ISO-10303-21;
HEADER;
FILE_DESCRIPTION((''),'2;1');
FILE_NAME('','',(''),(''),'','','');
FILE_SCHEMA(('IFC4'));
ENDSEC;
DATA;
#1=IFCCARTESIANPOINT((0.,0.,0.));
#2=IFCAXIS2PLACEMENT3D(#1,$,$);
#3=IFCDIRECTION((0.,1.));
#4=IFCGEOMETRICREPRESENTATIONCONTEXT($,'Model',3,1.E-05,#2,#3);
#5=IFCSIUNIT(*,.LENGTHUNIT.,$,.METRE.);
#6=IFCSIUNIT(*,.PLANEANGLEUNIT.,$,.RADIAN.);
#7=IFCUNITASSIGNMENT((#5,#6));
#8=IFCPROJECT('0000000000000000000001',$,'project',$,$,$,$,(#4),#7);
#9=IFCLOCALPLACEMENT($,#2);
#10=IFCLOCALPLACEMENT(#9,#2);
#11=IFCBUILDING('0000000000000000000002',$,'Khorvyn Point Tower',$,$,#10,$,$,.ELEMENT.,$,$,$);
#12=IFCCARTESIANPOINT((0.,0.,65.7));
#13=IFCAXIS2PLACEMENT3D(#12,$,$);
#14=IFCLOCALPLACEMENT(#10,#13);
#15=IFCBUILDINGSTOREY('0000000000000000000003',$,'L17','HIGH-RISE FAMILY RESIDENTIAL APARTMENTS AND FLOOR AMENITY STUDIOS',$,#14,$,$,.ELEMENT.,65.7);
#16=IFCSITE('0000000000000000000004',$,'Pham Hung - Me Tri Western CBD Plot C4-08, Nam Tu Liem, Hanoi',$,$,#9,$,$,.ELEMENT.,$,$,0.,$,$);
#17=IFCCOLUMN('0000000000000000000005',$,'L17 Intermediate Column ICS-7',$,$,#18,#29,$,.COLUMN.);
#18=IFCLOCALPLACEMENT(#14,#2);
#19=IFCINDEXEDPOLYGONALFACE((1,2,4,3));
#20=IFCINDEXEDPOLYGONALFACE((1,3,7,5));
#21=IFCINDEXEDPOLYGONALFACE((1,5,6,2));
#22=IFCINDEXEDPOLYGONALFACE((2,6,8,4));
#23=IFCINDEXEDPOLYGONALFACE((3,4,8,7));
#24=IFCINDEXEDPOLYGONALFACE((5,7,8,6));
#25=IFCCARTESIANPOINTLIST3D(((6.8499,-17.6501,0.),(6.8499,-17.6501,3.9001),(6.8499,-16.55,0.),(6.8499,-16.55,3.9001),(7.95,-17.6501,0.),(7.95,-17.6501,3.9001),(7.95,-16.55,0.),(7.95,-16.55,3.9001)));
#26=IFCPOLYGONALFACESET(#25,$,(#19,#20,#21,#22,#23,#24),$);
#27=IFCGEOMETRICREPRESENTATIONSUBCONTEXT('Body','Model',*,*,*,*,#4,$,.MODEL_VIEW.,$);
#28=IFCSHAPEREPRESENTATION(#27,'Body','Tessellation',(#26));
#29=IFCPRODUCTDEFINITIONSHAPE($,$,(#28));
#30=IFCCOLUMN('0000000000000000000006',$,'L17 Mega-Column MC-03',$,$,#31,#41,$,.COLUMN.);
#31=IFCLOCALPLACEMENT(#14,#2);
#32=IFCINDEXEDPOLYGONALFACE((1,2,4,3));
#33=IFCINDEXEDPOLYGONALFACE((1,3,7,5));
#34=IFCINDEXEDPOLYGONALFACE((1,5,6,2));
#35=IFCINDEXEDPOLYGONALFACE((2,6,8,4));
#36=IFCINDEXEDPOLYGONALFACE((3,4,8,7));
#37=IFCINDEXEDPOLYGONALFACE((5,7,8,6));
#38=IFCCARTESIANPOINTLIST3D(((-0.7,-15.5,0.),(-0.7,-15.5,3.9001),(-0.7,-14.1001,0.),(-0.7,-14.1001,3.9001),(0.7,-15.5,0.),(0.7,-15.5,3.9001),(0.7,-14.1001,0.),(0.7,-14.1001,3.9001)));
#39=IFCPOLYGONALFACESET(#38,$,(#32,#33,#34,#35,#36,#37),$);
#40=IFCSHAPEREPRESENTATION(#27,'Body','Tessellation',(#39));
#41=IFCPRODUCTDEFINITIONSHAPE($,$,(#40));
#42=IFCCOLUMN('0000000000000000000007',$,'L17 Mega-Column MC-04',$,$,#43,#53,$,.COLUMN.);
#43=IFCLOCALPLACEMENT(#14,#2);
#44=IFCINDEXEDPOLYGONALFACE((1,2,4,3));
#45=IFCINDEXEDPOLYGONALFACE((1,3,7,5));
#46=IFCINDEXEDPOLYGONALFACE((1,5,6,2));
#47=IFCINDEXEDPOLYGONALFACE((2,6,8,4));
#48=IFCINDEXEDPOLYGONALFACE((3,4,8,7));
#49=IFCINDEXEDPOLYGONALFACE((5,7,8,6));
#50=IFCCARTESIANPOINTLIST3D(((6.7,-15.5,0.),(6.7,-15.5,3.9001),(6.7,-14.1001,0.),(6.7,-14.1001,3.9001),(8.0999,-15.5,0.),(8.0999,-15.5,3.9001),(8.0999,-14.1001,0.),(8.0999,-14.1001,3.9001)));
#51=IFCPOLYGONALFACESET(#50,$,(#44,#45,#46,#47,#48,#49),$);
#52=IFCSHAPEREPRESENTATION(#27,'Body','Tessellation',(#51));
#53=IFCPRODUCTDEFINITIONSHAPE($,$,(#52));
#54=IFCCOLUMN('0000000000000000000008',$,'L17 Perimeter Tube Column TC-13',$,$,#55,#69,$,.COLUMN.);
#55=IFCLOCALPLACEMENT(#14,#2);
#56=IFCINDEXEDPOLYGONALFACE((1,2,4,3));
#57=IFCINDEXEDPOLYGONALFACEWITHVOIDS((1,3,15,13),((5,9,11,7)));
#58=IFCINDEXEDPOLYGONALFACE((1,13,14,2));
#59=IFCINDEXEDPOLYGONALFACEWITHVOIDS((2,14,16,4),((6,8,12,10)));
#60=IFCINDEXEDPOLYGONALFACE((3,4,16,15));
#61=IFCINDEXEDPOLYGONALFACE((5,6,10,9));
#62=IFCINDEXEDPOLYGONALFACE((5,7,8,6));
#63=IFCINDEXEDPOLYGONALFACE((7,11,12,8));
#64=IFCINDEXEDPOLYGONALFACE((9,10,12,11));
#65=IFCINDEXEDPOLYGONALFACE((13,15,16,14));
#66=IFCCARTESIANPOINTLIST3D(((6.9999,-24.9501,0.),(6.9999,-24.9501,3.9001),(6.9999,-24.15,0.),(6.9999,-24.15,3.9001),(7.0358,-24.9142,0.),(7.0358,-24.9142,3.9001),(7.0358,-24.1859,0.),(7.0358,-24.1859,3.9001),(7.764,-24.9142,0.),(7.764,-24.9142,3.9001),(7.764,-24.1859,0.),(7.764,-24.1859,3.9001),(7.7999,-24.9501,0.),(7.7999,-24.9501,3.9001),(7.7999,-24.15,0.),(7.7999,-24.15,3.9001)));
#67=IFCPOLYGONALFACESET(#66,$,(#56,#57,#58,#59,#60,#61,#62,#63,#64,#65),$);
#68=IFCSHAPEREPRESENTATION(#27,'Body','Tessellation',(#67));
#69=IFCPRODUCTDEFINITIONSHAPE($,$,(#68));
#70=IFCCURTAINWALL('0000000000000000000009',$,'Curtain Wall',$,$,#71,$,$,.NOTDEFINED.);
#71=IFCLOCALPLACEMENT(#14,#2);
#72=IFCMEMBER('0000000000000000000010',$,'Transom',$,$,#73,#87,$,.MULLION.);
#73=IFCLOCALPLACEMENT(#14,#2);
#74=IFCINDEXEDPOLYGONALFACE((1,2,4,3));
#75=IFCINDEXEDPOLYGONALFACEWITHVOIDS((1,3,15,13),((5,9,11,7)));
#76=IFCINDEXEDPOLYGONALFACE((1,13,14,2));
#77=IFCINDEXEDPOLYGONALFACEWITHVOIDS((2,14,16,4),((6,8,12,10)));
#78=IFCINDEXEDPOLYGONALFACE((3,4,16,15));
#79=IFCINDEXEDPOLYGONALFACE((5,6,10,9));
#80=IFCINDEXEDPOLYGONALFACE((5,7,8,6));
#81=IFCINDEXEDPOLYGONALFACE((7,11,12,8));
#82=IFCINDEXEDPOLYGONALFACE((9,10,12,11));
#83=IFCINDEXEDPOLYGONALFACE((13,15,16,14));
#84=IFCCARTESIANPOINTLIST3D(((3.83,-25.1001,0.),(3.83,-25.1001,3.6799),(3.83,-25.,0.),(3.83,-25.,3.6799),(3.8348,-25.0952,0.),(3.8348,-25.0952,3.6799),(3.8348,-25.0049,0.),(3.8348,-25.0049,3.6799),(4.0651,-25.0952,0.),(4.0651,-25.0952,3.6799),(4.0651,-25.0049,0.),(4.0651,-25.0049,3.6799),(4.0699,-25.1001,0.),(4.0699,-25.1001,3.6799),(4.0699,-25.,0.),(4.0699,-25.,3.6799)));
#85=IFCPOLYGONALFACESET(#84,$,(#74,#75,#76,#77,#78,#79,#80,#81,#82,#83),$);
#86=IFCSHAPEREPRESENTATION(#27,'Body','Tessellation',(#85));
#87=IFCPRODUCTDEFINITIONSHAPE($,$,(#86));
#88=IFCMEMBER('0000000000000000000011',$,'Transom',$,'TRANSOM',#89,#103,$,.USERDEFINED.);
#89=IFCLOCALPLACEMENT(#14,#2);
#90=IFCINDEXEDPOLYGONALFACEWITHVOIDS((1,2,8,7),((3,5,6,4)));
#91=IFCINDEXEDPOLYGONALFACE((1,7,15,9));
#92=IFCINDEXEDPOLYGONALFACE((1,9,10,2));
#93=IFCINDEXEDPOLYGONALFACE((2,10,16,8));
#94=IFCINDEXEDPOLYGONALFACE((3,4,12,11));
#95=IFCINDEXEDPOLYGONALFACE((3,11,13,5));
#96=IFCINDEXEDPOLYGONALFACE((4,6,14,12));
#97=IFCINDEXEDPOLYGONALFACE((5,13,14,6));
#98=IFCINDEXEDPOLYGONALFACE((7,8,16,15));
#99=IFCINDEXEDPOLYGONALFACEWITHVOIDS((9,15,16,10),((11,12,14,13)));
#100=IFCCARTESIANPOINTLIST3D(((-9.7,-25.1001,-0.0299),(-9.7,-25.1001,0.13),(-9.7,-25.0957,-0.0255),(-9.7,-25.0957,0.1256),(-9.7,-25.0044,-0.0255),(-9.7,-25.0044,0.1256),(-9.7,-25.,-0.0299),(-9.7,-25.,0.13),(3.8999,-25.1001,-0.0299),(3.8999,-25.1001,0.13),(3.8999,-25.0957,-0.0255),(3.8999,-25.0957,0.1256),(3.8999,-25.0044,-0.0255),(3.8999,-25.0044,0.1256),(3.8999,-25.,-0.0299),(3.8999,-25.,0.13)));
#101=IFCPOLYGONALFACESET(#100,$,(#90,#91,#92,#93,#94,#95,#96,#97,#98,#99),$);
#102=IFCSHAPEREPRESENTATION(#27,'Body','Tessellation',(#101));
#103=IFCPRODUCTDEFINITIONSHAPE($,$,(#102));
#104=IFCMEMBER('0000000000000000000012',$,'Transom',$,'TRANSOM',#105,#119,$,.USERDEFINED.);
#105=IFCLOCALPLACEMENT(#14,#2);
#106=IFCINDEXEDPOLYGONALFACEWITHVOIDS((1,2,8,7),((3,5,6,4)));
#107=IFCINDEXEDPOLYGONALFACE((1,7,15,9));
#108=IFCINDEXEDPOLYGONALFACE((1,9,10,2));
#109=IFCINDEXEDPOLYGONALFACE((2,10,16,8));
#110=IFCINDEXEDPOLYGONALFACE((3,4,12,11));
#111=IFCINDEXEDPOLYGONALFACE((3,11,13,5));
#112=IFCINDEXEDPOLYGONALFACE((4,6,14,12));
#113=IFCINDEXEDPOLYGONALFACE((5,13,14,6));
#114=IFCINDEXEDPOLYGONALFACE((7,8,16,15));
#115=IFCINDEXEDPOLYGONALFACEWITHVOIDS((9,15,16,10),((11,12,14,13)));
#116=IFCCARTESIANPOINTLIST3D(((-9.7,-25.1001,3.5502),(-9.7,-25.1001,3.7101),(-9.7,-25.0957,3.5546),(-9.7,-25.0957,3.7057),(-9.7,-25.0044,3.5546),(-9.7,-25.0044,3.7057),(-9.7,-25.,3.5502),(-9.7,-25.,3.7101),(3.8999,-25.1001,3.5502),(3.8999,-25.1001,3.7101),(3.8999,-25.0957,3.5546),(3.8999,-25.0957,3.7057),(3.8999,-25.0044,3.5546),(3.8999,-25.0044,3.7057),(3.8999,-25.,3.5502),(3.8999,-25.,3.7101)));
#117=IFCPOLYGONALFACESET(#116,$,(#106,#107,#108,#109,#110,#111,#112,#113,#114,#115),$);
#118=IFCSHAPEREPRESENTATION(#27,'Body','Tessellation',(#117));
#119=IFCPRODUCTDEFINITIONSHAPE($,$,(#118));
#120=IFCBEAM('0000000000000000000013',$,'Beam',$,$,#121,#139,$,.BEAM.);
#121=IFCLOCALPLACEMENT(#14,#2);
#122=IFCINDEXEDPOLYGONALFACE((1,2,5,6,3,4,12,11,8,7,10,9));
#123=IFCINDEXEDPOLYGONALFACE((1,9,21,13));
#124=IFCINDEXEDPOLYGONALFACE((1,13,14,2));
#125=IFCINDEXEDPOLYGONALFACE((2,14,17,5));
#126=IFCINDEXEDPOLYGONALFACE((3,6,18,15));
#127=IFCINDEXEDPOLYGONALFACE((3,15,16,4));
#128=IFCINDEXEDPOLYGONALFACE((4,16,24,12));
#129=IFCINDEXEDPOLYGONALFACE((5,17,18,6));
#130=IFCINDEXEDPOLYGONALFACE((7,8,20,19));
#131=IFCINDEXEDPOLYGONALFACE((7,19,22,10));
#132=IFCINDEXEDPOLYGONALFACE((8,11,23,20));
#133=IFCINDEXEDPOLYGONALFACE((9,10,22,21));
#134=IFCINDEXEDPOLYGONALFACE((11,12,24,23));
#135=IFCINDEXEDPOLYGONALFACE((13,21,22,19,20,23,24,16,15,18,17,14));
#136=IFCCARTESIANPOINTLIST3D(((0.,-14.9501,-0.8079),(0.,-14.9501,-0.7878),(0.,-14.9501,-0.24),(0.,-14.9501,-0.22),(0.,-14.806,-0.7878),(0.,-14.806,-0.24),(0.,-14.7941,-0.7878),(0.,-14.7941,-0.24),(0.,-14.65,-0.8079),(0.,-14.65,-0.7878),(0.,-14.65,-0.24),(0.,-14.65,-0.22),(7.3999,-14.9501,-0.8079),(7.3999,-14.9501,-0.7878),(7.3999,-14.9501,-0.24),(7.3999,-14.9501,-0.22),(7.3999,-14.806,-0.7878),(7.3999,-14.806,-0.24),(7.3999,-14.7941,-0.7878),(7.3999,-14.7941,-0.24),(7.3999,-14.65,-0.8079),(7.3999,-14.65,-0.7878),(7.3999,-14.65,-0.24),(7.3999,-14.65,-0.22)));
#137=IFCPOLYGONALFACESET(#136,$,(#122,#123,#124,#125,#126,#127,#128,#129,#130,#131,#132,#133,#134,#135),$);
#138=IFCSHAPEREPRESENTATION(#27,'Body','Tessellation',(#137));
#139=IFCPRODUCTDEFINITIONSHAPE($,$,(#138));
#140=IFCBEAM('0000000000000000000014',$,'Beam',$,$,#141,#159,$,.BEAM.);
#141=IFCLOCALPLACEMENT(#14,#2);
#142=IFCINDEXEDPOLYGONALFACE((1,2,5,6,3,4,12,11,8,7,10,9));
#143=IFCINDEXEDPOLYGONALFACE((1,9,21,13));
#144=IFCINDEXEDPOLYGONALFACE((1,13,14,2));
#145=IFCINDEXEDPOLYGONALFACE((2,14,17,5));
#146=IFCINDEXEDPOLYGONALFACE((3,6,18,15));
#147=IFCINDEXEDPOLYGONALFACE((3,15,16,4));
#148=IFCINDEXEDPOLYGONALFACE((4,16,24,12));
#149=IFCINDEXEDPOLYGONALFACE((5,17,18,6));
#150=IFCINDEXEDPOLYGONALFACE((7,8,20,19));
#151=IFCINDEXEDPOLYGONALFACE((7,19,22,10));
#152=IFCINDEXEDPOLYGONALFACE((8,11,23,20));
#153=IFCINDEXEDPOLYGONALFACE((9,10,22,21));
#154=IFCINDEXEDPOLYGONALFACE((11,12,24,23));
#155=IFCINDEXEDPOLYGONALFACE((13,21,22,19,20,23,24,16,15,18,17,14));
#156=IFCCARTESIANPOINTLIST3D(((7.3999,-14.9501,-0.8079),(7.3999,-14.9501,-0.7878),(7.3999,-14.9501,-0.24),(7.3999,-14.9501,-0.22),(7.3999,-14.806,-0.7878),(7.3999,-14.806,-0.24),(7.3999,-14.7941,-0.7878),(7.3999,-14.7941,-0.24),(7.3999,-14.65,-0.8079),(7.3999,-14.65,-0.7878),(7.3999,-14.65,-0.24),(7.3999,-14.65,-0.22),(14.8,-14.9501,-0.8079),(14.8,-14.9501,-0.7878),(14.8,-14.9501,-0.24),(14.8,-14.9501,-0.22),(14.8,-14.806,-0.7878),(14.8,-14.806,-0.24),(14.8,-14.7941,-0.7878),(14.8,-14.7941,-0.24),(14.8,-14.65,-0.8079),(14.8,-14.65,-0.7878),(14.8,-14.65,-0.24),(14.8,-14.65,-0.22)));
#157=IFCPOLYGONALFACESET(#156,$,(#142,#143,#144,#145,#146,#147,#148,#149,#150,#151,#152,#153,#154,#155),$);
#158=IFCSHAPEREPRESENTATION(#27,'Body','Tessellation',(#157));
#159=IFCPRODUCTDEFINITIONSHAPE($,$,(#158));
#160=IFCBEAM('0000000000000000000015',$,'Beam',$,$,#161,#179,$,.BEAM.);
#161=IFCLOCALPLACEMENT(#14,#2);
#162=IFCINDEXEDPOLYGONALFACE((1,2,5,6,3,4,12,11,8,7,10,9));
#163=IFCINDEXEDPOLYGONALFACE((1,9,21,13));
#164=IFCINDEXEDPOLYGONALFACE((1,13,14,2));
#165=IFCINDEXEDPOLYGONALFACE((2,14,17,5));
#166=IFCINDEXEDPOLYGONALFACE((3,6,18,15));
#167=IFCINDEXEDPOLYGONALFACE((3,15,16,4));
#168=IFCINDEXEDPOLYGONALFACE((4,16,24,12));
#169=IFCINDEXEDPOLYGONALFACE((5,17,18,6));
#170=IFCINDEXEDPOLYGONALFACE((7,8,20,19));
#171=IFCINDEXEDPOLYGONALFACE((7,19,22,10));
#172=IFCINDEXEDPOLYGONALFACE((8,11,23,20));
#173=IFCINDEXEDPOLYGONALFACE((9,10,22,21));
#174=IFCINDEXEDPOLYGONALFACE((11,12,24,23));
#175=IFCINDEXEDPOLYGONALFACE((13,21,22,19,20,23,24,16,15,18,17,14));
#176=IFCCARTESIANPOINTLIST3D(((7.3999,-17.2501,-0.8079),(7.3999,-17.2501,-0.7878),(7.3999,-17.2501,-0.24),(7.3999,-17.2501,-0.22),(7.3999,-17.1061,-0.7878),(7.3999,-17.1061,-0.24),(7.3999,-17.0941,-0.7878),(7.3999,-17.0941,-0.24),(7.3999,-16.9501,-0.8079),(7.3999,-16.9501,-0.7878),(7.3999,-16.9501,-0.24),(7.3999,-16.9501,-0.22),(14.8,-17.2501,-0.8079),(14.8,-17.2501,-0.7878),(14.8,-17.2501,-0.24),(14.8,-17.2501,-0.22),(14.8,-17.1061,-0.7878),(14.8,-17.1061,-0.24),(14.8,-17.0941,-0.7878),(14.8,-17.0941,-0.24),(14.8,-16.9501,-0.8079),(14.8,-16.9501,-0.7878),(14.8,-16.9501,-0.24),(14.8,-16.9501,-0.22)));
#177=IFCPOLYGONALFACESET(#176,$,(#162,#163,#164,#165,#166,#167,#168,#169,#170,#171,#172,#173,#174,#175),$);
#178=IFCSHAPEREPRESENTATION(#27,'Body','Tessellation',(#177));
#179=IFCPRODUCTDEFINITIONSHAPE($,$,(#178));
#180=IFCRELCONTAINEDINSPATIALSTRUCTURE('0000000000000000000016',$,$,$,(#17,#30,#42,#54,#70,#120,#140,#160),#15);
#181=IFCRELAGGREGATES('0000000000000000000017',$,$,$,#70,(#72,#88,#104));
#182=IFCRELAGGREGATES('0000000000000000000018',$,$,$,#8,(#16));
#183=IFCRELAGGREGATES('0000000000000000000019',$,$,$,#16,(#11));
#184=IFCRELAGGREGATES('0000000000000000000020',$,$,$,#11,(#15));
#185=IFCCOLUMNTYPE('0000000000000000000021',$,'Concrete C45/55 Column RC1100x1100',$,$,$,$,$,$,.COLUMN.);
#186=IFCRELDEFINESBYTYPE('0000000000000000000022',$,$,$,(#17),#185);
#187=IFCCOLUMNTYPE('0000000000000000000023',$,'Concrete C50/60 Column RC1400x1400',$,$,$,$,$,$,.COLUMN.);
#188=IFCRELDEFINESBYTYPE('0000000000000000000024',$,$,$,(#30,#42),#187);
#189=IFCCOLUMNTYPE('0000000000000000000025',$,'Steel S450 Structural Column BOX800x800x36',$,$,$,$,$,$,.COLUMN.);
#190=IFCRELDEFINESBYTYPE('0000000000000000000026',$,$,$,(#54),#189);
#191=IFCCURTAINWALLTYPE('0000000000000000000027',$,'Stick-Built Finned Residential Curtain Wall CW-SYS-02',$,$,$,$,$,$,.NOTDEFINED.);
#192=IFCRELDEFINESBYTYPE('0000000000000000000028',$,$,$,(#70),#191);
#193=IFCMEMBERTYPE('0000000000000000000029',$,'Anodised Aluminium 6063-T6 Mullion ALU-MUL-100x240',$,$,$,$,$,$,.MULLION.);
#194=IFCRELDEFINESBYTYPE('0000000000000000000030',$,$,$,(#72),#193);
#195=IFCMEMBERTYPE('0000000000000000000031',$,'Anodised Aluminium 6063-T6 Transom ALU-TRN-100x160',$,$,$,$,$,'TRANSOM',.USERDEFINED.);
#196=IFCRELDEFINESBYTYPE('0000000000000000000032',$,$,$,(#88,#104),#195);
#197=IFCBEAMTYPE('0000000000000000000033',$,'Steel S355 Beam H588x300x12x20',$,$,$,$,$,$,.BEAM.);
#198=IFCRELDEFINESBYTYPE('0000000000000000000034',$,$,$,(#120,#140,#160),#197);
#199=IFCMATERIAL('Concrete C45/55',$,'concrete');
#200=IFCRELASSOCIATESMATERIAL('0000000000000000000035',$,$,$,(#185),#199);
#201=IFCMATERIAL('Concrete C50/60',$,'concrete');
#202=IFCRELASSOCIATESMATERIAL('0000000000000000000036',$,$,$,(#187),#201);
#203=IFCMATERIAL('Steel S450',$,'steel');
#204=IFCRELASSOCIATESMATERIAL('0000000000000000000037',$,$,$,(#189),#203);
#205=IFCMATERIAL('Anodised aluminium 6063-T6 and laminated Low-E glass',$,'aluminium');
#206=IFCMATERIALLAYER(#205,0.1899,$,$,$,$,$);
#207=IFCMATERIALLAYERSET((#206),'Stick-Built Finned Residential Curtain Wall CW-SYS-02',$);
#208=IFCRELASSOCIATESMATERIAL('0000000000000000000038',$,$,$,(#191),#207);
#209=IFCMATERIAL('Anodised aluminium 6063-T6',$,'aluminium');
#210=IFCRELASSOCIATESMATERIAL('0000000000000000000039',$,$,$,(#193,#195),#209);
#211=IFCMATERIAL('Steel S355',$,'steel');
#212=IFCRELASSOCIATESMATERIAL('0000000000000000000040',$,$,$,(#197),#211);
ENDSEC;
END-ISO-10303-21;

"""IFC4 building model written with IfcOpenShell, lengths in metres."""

from ifc_helpers import new_model, si_unit, direction, frame, origin, origin_2d, place, context, subcontext, project, spatial, rectangle, hollow_rectangle, i_section, extrude, material, layer, layer_set, material_profile, profile_set, type_object, element, aggregate, save


model = new_model("IFC4")

# Units and contexts
model_context = context("Model", 3, precision=1e-05, world=origin(), true_north=direction((0.0, 1.0)))
body_context = subcontext(model_context, "Body", "Model", "MODEL_VIEW")
ifc_project = project(units=[si_unit("LENGTHUNIT", "METRE"), si_unit("PLANEANGLEUNIT", "RADIAN")], contexts=[model_context])

# Site, building, storey
site_placement = place(None, origin())
site = spatial("IfcSite", under=ifc_project, at=site_placement, Name="Pham Hung - Me Tri Western CBD Plot C4-08, Nam Tu Liem, Hanoi", CompositionType="ELEMENT", RefElevation=0.0)
building_placement = place(site_placement, origin())
building = spatial("IfcBuilding", under=site, at=building_placement, Name="Khorvyn Point Tower", CompositionType="ELEMENT")
storey_placement = place(building_placement, frame((0.0, 0.0, 65.7)))
storey = spatial("IfcBuildingStorey", under=building, at=storey_placement, Name="L17", Description="HIGH-RISE FAMILY RESIDENTIAL APARTMENTS AND FLOOR AMENITY STUDIOS", CompositionType="ELEMENT", Elevation=65.7)

# Columns
ifc_material_1 = material(Name="Concrete C45/55", Category="concrete")
ifc_material_profile_1 = material_profile(ifc_material_1, rectangle(XDim=1.1001, YDim=1.1001, at=origin_2d()))
ifc_profile_set_1 = profile_set([ifc_material_profile_1], Name="Concrete C45/55 RC1100x1100")
column_type_1 = type_object("IfcColumnType", Name="Concrete C45/55 Column RC1100x1100", PredefinedType="COLUMN", material=ifc_profile_set_1)
column_1_placement = place(storey_placement, frame((7.3999, -17.1001, 0.0), z_axis=(0.0, 0.0, 1.0), x_axis=(1.0, 0.0, 0.0)))
element("IfcColumn", 1, at=column_1_placement, inside=storey, type_object=column_type_1, Name="L17 Intermediate Column ICS-7", PredefinedType="COLUMN", context=body_context, shape_type="SweptSolid", body=[
    extrude(rectangle(XDim=1.1001, YDim=1.1001, at=origin_2d()), origin(), (0.0, 0.0, 1.0), 3.9001),
])
ifc_material_2 = material(Name="Concrete C50/60", Category="concrete")
ifc_material_profile_2 = material_profile(ifc_material_2, rectangle(XDim=1.3999, YDim=1.3999, at=origin_2d()))
ifc_profile_set_2 = profile_set([ifc_material_profile_2], Name="Concrete C50/60 RC1400x1400")
column_type_2 = type_object("IfcColumnType", Name="Concrete C50/60 Column RC1400x1400", PredefinedType="COLUMN", material=ifc_profile_set_2)
for number, where, z_axis, x_axis, name in (
    (2, (0.0, -14.8, 0.0), (0.0, 0.0, 1.0), (1.0, 0.0, 0.0), "L17 Mega-Column MC-03"),
    (3, (7.3999, -14.8, 0.0), (0.0, 0.0, 1.0), (1.0, 0.0, 0.0), "L17 Mega-Column MC-04"),
):
    element("IfcColumn", number, at=place(storey_placement, frame(where, z_axis=z_axis, x_axis=x_axis)), inside=storey, type_object=column_type_2, Name=name, PredefinedType="COLUMN", context=body_context, shape_type="SweptSolid", body=[
        extrude(rectangle(XDim=1.3999, YDim=1.3999, at=origin_2d()), origin(), (0.0, 0.0, 1.0), 3.9001),
    ])
ifc_material_3 = material(Name="Steel S450", Category="steel")
ifc_material_profile_3 = material_profile(ifc_material_3, hollow_rectangle(XDim=0.8, YDim=0.8, WallThickness=0.0359, at=origin_2d()))
ifc_profile_set_3 = profile_set([ifc_material_profile_3], Name="Steel S450 BOX800x800x36")
column_type_3 = type_object("IfcColumnType", Name="Steel S450 Structural Column BOX800x800x36", PredefinedType="COLUMN", material=ifc_profile_set_3)
column_2_placement = place(storey_placement, frame((7.3999, -24.55, 0.0), z_axis=(0.0, 0.0, 1.0), x_axis=(1.0, 0.0, 0.0)))
element("IfcColumn", 4, at=column_2_placement, inside=storey, type_object=column_type_3, Name="L17 Perimeter Tube Column TC-13", PredefinedType="COLUMN", context=body_context, shape_type="SweptSolid", body=[
    extrude(hollow_rectangle(XDim=0.8, YDim=0.8, WallThickness=0.0359, at=origin_2d()), origin(), (0.0, 0.0, 1.0), 3.9001),
])

# Curtain wall, members
ifc_material_4 = material(Name="Anodised aluminium 6063-T6 and laminated Low-E glass", Category="aluminium")
ifc_layer_1 = layer(ifc_material_4, 0.1899)
ifc_layer_set_1 = layer_set([ifc_layer_1], Name="Stick-Built Finned Residential Curtain Wall CW-SYS-02")
curtain_wall_type = type_object("IfcCurtainWallType", Name="Stick-Built Finned Residential Curtain Wall CW-SYS-02", PredefinedType="NOTDEFINED", material=ifc_layer_set_1)
curtain_wall_placement = place(storey_placement, origin())
curtain_wall = element("IfcCurtainWall", 5, at=curtain_wall_placement, inside=storey, type_object=curtain_wall_type, Name="Curtain Wall", PredefinedType="NOTDEFINED")
ifc_material_5 = material(Name="Anodised aluminium 6063-T6", Category="aluminium")
ifc_material_profile_4 = material_profile(ifc_material_5, hollow_rectangle(XDim=0.1001, YDim=0.24, WallThickness=0.0049, at=origin_2d()))
ifc_profile_set_4 = profile_set([ifc_material_profile_4], Name="Anodised aluminium 6063-T6 ALU-MUL-100x240")
member_type_1 = type_object("IfcMemberType", Name="Anodised Aluminium 6063-T6 Mullion ALU-MUL-100x240", PredefinedType="MULLION", material=ifc_profile_set_4)
member_1_placement = place(storey_placement, frame((3.95, -25.05, 0.0), z_axis=(0.0, 0.0, 1.0), x_axis=(0.0, -1.0, 0.0)))
member_1 = element("IfcMember", 6, at=member_1_placement, type_object=member_type_1, Name="Transom", PredefinedType="MULLION", context=body_context, shape_type="SweptSolid", body=[
    extrude(hollow_rectangle(XDim=0.1001, YDim=0.24, WallThickness=0.0049, at=origin_2d()), origin(), (0.0, 0.0, 1.0), 3.6799),
])
ifc_material_profile_5 = material_profile(ifc_material_5, hollow_rectangle(XDim=0.1001, YDim=0.1599, WallThickness=0.0044, at=origin_2d()))
ifc_profile_set_5 = profile_set([ifc_material_profile_5], Name="Anodised aluminium 6063-T6 ALU-TRN-100x160")
member_type_2 = type_object("IfcMemberType", Name="Anodised Aluminium 6063-T6 Transom ALU-TRN-100x160", ElementType="TRANSOM", PredefinedType="USERDEFINED", material=ifc_profile_set_5)
member_2_placement = place(storey_placement, frame((3.8999, -25.05, 0.05), z_axis=(-1.0, 0.0, 0.0), x_axis=(0.0, -1.0, 0.0)))
member_2 = element("IfcMember", 7, at=member_2_placement, type_object=member_type_2, Name="Transom", ObjectType="TRANSOM", PredefinedType="USERDEFINED", context=body_context, shape_type="SweptSolid", body=[
    extrude(hollow_rectangle(XDim=0.1001, YDim=0.1599, WallThickness=0.0044, at=origin_2d()), origin(), (0.0, 0.0, 1.0), 13.5999),
])
member_3_placement = place(storey_placement, frame((3.8999, -25.05, 3.6301), z_axis=(-1.0, 0.0, 0.0), x_axis=(0.0, -1.0, 0.0)))
member_3 = element("IfcMember", 8, at=member_3_placement, type_object=member_type_2, Name="Transom", ObjectType="TRANSOM", PredefinedType="USERDEFINED", context=body_context, shape_type="SweptSolid", body=[
    extrude(hollow_rectangle(XDim=0.1001, YDim=0.1599, WallThickness=0.0044, at=origin_2d()), origin(), (0.0, 0.0, 1.0), 13.5999),
])

# Beams
ifc_material_6 = material(Name="Steel S355", Category="steel")
ifc_material_profile_6 = material_profile(ifc_material_6, i_section(OverallWidth=0.3, OverallDepth=0.5879, WebThickness=0.012, FlangeThickness=0.02, at=origin_2d()))
ifc_profile_set_6 = profile_set([ifc_material_profile_6], Name="Steel S355 H588x300x12x20")
beam_type_1 = type_object("IfcBeamType", Name="Steel S355 Beam H588x300x12x20", PredefinedType="BEAM", material=ifc_profile_set_6)
beam_1_placement = place(storey_placement, frame((0.0, -14.8, -0.5139), z_axis=(1.0, 0.0, 0.0), x_axis=(0.0, 1.0, 0.0)))
element("IfcBeam", 9, at=beam_1_placement, inside=storey, type_object=beam_type_1, Name="Beam", PredefinedType="BEAM", context=body_context, shape_type="SweptSolid", body=[
    extrude(i_section(OverallWidth=0.3, OverallDepth=0.5879, WebThickness=0.012, FlangeThickness=0.02, at=origin_2d()), origin(), (0.0, 0.0, 1.0), 7.3999),
])
for number, where, z_axis, x_axis, name in (
    (10, (7.3999, -14.8, -0.5139), (1.0, 0.0, 0.0), (0.0, 1.0, 0.0), "Beam"),
    (11, (7.3999, -17.1001, -0.5139), (1.0, 0.0, 0.0), (0.0, 1.0, 0.0), "Beam"),
):
    element("IfcBeam", number, at=place(storey_placement, frame(where, z_axis=z_axis, x_axis=x_axis)), inside=storey, type_object=beam_type_1, Name=name, PredefinedType="BEAM", context=body_context, shape_type="SweptSolid", body=[
        extrude(i_section(OverallWidth=0.3, OverallDepth=0.5879, WebThickness=0.012, FlangeThickness=0.02, at=origin_2d()), origin(), (0.0, 0.0, 1.0), 7.4001),
    ])

aggregate(curtain_wall, [member_1, member_2, member_3])

save(model, "model.ifc")
